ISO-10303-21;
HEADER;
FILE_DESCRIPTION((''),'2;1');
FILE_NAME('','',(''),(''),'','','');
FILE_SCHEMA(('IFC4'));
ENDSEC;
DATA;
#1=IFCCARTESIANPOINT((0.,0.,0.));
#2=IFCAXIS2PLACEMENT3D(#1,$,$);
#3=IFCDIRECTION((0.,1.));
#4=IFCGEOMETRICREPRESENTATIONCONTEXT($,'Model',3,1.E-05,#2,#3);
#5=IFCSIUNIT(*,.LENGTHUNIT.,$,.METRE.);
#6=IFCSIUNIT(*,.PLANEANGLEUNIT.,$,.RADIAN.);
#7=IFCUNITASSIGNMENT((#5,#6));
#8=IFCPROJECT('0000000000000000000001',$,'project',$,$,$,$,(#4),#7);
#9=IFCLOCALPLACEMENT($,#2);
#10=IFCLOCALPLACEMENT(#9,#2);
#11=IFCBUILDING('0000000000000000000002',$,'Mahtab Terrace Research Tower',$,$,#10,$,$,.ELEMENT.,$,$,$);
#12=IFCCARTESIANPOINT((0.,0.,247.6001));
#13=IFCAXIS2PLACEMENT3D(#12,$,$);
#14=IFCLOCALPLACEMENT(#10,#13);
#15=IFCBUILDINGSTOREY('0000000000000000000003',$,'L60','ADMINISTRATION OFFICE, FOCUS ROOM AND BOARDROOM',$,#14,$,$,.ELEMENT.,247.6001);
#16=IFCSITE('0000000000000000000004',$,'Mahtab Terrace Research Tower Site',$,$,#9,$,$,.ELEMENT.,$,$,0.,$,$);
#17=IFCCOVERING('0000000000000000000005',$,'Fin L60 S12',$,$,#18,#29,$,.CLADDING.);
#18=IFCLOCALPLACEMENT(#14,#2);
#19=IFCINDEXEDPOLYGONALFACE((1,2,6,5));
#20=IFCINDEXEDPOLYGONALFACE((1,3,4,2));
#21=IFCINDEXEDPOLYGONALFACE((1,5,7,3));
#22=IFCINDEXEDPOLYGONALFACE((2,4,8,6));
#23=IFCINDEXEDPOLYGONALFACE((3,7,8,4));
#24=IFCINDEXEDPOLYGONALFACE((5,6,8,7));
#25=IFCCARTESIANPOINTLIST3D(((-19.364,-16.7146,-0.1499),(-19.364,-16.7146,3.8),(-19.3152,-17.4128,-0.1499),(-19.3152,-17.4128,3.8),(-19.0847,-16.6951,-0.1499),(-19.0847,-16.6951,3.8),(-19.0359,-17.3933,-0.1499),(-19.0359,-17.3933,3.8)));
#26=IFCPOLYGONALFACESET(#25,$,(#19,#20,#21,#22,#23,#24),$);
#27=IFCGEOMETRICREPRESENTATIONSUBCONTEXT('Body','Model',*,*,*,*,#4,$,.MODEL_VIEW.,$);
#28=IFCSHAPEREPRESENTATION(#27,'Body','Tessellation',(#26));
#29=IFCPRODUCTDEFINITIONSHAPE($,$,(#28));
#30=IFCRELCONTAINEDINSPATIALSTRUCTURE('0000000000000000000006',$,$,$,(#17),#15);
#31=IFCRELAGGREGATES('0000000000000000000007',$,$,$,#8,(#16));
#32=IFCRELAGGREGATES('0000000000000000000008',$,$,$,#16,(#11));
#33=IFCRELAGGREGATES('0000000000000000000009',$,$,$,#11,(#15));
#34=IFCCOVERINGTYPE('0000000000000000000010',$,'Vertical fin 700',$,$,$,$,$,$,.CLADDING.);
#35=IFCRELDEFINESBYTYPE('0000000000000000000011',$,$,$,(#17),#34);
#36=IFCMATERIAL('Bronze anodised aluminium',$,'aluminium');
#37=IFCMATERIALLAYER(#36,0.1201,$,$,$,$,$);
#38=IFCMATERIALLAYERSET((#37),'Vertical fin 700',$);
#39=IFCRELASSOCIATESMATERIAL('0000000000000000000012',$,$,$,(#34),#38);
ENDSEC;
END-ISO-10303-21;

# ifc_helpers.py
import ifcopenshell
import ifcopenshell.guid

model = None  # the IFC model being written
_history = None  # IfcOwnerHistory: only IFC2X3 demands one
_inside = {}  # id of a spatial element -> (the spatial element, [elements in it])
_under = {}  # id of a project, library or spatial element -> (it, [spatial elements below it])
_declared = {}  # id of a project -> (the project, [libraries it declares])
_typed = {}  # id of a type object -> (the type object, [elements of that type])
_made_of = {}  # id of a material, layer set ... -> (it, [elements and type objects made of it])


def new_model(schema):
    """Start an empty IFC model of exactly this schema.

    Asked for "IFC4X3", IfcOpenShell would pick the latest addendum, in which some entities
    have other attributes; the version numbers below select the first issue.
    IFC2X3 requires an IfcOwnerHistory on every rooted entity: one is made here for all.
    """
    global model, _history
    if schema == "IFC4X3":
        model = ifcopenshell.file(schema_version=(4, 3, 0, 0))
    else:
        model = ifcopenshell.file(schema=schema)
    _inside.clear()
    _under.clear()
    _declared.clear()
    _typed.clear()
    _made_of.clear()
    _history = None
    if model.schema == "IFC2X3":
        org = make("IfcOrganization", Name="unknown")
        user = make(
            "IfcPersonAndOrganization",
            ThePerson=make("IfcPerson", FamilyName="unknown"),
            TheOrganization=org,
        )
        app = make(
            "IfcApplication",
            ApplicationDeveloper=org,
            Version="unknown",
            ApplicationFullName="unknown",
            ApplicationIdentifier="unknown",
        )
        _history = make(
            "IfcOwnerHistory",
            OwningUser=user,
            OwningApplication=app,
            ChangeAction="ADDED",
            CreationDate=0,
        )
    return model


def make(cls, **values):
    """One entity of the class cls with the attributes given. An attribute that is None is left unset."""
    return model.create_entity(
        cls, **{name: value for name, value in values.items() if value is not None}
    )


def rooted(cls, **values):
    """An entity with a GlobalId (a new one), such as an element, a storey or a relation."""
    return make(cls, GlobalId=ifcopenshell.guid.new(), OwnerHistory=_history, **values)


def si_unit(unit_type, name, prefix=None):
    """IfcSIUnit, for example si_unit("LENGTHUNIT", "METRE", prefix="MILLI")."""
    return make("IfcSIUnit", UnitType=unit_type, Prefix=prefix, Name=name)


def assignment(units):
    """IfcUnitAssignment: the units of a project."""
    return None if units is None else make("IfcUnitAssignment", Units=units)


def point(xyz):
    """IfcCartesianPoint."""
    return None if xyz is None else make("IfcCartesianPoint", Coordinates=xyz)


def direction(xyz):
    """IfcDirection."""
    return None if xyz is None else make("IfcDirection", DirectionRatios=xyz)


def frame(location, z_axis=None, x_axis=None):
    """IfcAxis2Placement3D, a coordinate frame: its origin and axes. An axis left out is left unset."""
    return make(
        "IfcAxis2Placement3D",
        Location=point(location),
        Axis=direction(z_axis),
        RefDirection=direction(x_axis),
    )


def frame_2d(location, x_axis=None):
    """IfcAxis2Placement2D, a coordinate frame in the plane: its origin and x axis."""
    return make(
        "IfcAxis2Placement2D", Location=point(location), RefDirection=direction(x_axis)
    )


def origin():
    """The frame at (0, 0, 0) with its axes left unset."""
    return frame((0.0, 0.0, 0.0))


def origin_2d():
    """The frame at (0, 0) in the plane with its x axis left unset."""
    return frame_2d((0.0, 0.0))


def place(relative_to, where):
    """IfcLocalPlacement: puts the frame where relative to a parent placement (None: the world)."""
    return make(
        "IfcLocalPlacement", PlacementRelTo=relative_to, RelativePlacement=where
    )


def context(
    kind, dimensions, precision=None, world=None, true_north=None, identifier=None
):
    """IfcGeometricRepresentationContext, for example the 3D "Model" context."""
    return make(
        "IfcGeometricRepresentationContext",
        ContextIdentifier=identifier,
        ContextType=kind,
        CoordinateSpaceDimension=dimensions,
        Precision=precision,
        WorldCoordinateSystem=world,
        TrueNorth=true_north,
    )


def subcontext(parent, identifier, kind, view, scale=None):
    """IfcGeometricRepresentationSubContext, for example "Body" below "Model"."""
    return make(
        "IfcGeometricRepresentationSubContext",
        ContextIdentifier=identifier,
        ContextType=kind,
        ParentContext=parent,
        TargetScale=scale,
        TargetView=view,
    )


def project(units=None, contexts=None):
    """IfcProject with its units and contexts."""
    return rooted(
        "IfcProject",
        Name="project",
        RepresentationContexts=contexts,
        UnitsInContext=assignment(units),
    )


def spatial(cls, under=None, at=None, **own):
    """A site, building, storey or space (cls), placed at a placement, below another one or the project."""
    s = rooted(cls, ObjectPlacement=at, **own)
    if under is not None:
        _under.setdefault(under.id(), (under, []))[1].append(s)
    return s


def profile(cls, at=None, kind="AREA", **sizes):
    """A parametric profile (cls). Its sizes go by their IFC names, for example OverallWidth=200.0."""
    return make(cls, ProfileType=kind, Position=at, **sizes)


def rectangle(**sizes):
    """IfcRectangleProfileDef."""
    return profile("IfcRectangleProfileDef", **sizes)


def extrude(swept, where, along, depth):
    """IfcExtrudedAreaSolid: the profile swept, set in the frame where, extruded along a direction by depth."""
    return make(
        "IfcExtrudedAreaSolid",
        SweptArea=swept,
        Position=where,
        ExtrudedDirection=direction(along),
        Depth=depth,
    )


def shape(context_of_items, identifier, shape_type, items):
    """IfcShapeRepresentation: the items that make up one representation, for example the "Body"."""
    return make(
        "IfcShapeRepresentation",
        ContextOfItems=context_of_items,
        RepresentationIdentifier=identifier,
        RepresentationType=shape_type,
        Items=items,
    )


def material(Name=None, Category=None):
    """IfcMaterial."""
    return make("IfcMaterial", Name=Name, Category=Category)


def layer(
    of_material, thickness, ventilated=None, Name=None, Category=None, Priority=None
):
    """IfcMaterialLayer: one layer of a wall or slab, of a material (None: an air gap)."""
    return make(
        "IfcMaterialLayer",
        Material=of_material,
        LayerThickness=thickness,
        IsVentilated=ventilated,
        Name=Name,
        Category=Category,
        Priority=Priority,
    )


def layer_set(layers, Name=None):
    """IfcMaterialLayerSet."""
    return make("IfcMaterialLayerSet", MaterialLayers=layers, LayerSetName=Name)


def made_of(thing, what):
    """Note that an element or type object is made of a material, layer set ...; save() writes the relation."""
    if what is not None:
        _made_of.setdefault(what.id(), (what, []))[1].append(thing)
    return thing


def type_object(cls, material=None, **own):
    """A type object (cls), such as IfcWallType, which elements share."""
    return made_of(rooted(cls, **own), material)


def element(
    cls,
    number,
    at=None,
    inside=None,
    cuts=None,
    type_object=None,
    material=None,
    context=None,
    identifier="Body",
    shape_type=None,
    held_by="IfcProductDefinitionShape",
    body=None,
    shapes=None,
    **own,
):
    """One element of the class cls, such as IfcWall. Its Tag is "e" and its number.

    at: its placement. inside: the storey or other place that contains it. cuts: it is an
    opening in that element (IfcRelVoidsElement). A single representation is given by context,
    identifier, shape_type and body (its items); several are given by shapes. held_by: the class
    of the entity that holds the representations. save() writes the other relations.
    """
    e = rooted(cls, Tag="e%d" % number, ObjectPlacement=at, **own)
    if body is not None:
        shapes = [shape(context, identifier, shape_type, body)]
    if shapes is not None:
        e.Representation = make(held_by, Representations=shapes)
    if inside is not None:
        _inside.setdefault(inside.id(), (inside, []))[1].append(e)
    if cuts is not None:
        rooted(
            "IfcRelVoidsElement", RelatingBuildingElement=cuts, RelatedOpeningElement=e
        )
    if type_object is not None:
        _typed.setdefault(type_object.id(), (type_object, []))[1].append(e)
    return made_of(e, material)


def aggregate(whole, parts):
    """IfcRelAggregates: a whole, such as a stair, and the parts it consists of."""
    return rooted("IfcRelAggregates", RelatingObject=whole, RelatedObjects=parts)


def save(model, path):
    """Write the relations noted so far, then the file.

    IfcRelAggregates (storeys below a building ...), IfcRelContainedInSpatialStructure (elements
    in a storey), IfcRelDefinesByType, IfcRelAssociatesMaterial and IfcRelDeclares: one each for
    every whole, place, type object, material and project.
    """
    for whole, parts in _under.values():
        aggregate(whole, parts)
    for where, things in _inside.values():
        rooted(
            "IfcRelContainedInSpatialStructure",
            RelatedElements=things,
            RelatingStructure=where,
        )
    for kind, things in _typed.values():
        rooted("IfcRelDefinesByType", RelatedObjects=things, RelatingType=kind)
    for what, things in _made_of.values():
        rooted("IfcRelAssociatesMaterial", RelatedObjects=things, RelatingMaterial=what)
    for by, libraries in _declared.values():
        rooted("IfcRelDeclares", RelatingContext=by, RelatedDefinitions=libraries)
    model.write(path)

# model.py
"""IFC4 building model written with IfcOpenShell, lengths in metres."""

from ifc_helpers import new_model, si_unit, direction, frame, origin, origin_2d, place, context, subcontext, project, spatial, rectangle, extrude, material, layer, layer_set, type_object, element, save


model = new_model("IFC4")

# Units and contexts
model_context = context("Model", 3, precision=1e-05, world=origin(), true_north=direction((0.0, 1.0)))
body_context = subcontext(model_context, "Body", "Model", "MODEL_VIEW")
ifc_project = project(units=[si_unit("LENGTHUNIT", "METRE"), si_unit("PLANEANGLEUNIT", "RADIAN")], contexts=[model_context])

# Site, building, storey
site_placement = place(None, origin())
site = spatial("IfcSite", under=ifc_project, at=site_placement, Name="Mahtab Terrace Research Tower Site", CompositionType="ELEMENT", RefElevation=0.0)
building_placement = place(site_placement, origin())
building = spatial("IfcBuilding", under=site, at=building_placement, Name="Mahtab Terrace Research Tower", CompositionType="ELEMENT")
storey_placement = place(building_placement, frame((0.0, 0.0, 247.6001)))
storey = spatial("IfcBuildingStorey", under=building, at=storey_placement, Name="L60", Description="ADMINISTRATION OFFICE, FOCUS ROOM AND BOARDROOM", CompositionType="ELEMENT", Elevation=247.6001)

# Covering
ifc_material_1 = material(Name="Bronze anodised aluminium", Category="aluminium")
ifc_layer_1 = layer(ifc_material_1, 0.1201)
ifc_layer_set_1 = layer_set([ifc_layer_1], Name="Vertical fin 700")
covering_type = type_object("IfcCoveringType", Name="Vertical fin 700", PredefinedType="CLADDING", material=ifc_layer_set_1)
for number, where, z_axis, x_axis, name in (
    (1, (-19.2, -17.054, -0.1499), (0.0, 0.0, 1.0), (0.997564, 0.069756, 0.0), "Fin L60 S12"),
):
    element("IfcCovering", number, at=place(storey_placement, frame(where, z_axis=z_axis, x_axis=x_axis)), inside=storey, type_object=covering_type, Name=name, PredefinedType="CLADDING", context=body_context, shape_type="SweptSolid", body=[
        extrude(rectangle(XDim=0.28, YDim=0.7, at=origin_2d()), origin(), (0.0, 0.0, 1.0), 3.95),
    ])

save(model, "model.ifc")
